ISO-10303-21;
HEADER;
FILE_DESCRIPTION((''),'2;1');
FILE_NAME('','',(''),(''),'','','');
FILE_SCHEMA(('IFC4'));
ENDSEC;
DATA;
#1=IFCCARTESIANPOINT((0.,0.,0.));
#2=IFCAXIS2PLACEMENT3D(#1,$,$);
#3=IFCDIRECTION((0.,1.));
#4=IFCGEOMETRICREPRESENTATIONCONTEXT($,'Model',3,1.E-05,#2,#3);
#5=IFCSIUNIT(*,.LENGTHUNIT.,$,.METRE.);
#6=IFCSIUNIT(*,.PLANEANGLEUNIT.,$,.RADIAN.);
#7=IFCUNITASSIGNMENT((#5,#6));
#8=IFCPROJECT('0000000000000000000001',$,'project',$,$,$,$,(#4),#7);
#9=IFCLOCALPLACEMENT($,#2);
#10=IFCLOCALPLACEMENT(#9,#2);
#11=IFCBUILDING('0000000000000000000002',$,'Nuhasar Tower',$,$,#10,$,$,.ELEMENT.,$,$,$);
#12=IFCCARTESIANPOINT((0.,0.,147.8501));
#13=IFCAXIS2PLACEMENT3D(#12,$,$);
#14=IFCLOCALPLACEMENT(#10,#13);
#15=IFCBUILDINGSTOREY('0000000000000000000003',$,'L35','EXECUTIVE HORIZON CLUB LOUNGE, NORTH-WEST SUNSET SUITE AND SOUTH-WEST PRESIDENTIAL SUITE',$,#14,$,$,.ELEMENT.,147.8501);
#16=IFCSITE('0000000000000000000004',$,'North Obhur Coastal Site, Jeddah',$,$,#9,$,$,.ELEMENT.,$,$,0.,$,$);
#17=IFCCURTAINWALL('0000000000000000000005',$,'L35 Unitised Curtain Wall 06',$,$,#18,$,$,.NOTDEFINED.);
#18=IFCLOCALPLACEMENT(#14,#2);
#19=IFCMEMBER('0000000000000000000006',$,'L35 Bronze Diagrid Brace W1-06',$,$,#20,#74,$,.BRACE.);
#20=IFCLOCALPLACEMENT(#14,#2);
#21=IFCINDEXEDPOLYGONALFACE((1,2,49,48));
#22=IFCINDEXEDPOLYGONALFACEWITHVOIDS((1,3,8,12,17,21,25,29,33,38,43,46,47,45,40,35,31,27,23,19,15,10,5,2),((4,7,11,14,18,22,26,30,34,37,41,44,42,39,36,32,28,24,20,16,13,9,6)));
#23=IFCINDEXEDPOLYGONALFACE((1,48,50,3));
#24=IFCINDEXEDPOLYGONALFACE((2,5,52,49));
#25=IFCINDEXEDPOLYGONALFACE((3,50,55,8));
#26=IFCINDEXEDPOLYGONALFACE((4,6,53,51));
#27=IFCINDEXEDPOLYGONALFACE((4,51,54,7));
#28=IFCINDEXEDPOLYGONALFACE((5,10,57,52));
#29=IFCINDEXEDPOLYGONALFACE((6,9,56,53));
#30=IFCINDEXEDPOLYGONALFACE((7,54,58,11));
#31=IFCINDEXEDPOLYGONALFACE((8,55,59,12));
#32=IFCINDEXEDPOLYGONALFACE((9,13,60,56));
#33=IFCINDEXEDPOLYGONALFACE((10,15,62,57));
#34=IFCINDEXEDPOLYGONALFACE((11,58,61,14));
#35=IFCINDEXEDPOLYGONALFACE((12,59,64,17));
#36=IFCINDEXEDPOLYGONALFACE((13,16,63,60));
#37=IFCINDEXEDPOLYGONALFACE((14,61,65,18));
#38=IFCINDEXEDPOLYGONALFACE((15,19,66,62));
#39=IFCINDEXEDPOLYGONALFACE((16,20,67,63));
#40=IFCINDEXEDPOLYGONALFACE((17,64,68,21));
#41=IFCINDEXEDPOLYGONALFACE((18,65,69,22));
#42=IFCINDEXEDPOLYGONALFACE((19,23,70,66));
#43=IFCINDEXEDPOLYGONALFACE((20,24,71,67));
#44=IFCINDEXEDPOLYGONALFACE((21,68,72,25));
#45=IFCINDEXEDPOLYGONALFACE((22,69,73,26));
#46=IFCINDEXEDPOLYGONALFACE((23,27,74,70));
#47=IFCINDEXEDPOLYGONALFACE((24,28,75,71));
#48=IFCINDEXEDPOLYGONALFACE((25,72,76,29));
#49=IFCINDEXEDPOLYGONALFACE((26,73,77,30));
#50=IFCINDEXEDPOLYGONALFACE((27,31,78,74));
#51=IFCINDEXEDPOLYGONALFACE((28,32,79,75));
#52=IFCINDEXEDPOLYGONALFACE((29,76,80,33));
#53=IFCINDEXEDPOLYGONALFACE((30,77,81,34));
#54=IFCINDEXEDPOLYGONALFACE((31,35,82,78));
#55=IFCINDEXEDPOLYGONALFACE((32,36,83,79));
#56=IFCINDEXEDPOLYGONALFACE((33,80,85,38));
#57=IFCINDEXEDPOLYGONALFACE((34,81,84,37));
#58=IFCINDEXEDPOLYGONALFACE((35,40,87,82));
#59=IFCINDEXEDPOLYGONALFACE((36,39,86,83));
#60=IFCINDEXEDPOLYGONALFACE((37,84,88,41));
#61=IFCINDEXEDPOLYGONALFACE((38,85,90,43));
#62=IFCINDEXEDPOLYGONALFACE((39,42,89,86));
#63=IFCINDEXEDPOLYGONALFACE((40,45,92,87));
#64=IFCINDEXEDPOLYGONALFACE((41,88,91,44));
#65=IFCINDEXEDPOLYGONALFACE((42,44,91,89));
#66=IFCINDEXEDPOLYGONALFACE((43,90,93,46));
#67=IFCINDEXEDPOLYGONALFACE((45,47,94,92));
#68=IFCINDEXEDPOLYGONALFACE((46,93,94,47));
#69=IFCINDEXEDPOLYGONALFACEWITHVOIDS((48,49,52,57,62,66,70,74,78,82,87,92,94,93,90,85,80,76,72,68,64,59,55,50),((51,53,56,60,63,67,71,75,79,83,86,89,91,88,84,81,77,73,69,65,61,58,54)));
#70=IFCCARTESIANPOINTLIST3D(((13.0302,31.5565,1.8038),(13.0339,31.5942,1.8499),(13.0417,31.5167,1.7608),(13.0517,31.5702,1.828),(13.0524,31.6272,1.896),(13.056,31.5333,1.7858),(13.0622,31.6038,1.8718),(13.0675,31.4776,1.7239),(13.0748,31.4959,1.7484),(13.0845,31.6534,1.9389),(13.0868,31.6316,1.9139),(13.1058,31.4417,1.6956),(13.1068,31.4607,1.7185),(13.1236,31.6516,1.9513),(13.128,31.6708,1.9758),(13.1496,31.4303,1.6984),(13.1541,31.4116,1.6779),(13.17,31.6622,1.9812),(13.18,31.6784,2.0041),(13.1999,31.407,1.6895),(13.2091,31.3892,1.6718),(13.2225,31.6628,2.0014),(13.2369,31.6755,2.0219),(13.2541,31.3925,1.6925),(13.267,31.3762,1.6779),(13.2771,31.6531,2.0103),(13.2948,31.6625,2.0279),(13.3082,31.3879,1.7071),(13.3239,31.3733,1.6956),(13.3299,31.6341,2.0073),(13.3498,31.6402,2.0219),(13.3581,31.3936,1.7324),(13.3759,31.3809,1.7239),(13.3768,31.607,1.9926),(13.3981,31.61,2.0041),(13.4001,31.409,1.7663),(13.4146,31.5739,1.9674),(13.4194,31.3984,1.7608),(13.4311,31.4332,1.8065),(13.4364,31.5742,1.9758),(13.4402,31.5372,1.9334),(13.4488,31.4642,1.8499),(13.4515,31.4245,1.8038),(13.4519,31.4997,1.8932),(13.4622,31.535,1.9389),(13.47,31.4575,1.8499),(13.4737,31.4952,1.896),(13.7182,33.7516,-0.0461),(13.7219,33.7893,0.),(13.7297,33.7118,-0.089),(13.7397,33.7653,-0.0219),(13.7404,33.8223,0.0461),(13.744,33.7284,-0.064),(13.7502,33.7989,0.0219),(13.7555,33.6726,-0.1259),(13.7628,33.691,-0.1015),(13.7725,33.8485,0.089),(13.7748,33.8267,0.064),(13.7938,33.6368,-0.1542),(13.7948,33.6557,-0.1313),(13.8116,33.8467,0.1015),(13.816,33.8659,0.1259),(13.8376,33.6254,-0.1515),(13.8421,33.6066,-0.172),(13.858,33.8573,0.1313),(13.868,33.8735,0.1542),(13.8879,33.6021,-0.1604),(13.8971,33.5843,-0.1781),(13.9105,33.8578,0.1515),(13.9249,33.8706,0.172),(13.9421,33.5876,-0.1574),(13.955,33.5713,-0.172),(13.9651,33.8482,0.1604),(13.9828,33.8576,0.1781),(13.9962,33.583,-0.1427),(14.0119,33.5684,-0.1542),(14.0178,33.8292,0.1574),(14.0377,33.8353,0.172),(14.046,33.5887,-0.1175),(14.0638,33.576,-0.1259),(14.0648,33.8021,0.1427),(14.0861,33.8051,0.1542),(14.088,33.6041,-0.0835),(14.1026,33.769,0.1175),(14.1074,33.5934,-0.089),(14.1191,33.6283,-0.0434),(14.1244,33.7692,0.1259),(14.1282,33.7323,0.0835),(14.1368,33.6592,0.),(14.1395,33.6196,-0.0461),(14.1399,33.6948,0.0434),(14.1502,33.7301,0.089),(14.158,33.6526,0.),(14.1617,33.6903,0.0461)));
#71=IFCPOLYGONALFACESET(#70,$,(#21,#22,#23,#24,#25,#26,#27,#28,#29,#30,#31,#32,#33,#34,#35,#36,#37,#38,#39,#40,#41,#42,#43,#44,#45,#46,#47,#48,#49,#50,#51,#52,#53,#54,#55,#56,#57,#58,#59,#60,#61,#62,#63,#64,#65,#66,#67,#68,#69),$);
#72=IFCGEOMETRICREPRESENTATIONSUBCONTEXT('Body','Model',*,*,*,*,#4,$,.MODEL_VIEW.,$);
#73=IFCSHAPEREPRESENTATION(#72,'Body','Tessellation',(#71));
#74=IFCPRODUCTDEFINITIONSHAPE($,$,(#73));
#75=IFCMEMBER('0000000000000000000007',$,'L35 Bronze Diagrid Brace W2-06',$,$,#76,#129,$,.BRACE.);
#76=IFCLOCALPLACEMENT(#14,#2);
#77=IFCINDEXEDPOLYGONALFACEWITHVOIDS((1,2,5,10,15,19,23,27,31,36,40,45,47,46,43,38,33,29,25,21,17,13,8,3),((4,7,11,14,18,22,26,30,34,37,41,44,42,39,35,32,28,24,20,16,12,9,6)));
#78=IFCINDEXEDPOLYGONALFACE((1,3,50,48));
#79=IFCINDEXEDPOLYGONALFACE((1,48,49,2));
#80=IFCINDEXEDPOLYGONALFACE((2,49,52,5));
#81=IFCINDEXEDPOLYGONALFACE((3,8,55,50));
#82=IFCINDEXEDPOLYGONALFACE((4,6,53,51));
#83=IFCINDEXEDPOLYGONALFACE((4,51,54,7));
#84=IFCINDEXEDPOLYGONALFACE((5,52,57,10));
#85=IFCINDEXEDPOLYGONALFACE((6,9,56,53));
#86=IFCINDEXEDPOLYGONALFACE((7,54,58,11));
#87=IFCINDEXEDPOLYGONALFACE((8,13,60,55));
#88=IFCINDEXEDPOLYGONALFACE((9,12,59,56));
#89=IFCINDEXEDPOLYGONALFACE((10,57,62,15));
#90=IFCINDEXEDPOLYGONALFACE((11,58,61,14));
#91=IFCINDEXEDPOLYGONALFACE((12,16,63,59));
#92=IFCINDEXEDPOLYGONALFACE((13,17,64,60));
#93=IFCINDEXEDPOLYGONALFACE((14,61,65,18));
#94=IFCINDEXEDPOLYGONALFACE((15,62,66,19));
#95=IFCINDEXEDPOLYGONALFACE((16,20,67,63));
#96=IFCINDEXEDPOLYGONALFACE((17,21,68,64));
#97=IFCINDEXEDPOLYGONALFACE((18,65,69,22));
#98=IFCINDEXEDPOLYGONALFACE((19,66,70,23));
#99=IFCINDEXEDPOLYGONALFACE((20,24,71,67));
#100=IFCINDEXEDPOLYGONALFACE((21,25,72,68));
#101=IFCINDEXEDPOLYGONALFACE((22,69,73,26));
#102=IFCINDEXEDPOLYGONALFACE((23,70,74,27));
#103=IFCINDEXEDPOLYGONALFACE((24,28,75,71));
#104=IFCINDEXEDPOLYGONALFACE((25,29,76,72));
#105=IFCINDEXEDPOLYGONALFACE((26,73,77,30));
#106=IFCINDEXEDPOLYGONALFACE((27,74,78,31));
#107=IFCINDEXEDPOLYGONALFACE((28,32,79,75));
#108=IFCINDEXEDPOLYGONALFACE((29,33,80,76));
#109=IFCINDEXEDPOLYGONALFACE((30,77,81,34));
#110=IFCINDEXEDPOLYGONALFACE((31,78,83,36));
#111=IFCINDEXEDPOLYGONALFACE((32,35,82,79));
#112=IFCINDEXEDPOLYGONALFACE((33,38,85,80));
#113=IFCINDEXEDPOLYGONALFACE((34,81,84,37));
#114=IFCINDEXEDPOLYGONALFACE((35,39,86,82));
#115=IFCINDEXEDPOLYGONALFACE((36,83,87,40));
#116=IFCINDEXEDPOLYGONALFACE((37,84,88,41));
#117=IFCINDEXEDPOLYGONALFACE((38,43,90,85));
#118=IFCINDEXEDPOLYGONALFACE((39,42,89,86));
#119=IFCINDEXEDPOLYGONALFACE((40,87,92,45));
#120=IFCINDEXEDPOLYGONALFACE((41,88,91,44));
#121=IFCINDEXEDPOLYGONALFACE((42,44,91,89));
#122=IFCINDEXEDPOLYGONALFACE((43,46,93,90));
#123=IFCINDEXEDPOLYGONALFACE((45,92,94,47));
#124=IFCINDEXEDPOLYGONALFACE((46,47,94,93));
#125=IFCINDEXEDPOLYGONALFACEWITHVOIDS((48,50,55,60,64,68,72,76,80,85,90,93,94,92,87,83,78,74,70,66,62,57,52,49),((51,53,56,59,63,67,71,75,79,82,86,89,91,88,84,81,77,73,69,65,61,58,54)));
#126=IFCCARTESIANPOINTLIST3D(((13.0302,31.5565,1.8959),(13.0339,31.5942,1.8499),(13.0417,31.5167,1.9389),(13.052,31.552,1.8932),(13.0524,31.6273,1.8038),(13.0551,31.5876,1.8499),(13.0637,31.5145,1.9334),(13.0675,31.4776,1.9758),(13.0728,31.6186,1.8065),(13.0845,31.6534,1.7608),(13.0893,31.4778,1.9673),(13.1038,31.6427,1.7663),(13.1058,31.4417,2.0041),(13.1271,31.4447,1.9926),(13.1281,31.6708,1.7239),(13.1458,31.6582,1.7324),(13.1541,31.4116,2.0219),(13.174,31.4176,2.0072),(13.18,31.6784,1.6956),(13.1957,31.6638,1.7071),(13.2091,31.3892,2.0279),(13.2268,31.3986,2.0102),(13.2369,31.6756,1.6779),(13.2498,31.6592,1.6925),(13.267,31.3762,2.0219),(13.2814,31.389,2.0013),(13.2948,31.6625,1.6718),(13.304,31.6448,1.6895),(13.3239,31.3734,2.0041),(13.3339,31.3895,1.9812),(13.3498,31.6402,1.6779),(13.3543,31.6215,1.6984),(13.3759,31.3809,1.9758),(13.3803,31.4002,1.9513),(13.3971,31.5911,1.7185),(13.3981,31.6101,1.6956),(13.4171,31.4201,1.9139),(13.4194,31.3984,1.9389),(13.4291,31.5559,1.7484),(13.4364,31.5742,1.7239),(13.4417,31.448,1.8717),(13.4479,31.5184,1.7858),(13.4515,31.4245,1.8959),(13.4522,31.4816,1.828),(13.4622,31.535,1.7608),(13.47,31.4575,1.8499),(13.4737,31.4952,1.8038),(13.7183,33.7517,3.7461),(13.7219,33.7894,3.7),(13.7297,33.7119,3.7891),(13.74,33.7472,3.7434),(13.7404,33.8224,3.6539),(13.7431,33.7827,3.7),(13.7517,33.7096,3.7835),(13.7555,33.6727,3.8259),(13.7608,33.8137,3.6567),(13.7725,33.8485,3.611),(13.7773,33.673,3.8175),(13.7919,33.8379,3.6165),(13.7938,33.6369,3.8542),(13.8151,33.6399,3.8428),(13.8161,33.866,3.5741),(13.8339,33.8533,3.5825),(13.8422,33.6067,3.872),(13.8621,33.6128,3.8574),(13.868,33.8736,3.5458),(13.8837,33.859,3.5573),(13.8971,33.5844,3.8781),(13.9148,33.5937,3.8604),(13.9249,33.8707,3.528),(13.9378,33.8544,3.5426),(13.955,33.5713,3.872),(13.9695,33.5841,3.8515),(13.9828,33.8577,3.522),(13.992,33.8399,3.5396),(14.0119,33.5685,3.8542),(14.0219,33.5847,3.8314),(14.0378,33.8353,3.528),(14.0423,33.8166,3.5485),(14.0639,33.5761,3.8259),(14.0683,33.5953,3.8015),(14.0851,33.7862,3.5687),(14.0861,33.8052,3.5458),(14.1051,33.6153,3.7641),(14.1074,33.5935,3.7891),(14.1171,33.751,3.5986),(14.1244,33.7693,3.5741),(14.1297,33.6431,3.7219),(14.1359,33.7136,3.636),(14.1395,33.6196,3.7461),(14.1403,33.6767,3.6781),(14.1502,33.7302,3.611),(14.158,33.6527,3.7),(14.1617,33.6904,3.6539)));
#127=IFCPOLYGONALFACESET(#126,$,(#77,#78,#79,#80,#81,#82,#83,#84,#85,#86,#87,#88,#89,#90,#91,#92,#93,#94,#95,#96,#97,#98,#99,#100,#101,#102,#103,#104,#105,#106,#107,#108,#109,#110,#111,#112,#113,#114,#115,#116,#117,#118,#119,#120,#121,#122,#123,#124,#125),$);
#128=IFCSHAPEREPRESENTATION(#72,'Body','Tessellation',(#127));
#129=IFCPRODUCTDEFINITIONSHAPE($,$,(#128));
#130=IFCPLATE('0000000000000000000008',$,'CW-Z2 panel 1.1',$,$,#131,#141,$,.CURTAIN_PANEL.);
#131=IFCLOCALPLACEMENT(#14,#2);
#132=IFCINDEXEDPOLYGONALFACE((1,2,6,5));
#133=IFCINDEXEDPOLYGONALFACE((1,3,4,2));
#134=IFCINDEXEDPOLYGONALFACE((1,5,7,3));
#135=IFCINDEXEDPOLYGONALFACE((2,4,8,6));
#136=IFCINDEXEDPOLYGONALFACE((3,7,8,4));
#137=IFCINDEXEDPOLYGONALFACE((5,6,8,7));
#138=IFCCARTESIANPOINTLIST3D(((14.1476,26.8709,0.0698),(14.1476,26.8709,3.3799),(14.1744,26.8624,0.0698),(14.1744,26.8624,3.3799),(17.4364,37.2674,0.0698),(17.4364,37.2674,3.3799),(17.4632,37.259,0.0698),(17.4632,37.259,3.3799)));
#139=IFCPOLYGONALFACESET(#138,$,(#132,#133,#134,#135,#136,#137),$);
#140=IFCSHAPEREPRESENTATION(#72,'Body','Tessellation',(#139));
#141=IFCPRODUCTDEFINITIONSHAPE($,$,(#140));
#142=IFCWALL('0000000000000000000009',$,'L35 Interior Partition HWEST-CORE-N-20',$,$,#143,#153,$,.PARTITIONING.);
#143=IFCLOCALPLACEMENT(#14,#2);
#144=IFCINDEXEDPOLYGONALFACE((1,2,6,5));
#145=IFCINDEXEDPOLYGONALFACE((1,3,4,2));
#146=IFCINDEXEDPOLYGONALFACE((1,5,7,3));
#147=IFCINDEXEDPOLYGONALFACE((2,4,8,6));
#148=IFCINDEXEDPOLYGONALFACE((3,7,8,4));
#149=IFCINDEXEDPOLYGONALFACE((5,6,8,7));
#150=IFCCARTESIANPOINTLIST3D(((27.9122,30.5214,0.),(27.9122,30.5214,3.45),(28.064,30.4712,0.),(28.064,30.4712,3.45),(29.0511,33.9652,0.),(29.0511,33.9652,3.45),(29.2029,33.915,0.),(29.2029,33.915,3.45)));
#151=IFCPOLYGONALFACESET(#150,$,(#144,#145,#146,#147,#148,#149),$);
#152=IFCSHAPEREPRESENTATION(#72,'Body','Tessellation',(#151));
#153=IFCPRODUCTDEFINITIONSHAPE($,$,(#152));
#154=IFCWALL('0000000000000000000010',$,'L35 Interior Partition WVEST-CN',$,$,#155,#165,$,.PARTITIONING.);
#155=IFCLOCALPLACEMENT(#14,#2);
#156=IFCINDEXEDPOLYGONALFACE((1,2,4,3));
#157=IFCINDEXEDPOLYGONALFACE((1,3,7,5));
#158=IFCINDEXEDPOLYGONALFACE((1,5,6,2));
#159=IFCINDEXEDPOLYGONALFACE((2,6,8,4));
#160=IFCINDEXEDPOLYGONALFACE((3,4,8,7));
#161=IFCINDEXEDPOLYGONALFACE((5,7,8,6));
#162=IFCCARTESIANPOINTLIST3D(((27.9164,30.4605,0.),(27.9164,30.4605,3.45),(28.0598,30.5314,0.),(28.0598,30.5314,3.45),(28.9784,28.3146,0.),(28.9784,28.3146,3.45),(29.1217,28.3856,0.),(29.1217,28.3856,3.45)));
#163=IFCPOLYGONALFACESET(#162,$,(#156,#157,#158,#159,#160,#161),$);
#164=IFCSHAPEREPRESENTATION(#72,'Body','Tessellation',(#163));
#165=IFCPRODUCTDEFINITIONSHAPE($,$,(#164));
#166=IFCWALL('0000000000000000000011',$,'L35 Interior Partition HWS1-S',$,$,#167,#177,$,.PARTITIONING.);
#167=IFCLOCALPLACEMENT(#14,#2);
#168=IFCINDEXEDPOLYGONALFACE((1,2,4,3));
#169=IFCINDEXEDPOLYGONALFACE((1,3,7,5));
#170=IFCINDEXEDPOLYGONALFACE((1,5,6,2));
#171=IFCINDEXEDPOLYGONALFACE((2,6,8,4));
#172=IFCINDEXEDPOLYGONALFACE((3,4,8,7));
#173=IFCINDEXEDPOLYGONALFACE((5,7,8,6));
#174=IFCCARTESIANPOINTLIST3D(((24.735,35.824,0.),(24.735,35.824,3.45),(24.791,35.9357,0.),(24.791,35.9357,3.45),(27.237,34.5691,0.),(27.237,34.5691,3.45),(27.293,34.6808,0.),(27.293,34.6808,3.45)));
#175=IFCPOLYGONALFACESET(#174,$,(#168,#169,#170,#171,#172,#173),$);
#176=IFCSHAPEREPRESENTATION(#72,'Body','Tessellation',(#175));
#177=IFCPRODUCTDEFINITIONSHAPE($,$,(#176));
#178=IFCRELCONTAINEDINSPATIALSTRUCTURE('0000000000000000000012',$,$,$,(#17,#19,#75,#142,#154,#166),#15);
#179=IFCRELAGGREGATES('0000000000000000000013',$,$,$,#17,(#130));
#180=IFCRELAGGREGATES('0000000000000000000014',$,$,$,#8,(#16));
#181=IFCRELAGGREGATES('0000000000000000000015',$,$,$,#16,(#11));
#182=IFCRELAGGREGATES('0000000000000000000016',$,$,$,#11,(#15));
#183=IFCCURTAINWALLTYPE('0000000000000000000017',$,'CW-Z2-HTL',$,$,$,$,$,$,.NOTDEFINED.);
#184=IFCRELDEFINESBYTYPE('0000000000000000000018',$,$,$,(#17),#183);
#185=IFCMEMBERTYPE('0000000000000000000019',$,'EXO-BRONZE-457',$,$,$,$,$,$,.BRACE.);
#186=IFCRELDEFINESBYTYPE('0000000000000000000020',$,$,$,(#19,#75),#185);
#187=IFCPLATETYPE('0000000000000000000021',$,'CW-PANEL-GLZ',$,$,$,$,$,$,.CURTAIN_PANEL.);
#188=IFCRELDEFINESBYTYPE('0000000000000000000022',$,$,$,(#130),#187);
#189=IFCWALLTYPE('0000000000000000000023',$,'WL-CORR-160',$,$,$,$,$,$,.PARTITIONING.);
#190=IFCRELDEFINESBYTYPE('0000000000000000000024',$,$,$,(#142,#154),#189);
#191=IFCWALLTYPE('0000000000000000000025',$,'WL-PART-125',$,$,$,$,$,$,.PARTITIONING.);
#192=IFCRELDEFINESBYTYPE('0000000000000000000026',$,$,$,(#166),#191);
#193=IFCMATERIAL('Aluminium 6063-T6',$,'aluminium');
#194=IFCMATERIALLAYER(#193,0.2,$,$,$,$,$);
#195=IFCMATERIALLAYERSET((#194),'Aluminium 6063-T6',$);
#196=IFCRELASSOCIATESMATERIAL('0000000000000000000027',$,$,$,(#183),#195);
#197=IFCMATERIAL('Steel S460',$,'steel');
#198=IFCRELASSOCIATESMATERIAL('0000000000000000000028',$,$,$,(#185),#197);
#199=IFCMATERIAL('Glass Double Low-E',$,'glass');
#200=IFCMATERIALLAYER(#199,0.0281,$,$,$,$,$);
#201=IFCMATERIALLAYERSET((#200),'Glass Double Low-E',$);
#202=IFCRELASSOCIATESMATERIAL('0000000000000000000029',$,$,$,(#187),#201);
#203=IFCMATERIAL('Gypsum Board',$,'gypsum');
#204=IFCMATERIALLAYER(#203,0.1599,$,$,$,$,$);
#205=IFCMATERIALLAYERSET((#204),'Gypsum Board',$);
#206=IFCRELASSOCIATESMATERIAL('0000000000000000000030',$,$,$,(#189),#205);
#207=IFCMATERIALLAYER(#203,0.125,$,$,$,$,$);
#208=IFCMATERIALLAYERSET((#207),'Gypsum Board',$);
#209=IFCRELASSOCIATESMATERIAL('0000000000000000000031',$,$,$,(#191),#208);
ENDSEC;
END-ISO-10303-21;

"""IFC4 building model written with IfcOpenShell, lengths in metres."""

from ifc_helpers import new_model, si_unit, direction, frame, frame_2d, origin, origin_2d, place, context, subcontext, project, spatial, rectangle, hollow_circle, extrude, material, layer, layer_set, material_profile, profile_set, type_object, element, aggregate, save


model = new_model("IFC4")

# Units and contexts
model_context = context("Model", 3, precision=1e-05, world=origin(), true_north=direction((0.0, 1.0)))
body_context = subcontext(model_context, "Body", "Model", "MODEL_VIEW")
ifc_project = project(units=[si_unit("LENGTHUNIT", "METRE"), si_unit("PLANEANGLEUNIT", "RADIAN")], contexts=[model_context])

# Site, building, storey
site_placement = place(None, origin())
site = spatial("IfcSite", under=ifc_project, at=site_placement, Name="North Obhur Coastal Site, Jeddah", CompositionType="ELEMENT", RefElevation=0.0)
building_placement = place(site_placement, origin())
building = spatial("IfcBuilding", under=site, at=building_placement, Name="Nuhasar Tower", CompositionType="ELEMENT")
storey_placement = place(building_placement, frame((0.0, 0.0, 147.8501)))
storey = spatial("IfcBuildingStorey", under=building, at=storey_placement, Name="L35", Description="EXECUTIVE HORIZON CLUB LOUNGE, NORTH-WEST SUNSET SUITE AND SOUTH-WEST PRESIDENTIAL SUITE", CompositionType="ELEMENT", Elevation=147.8501)

# Curtain wall
ifc_material_1 = material(Name="Aluminium 6063-T6", Category="aluminium")
ifc_layer_1 = layer(ifc_material_1, 0.2)
ifc_layer_set_1 = layer_set([ifc_layer_1], Name="Aluminium 6063-T6")
curtain_wall_type = type_object("IfcCurtainWallType", Name="CW-Z2-HTL", PredefinedType="NOTDEFINED", material=ifc_layer_set_1)
curtain_wall_placement = place(storey_placement, origin())
curtain_wall = element("IfcCurtainWall", 1, at=curtain_wall_placement, inside=storey, type_object=curtain_wall_type, Name="L35 Unitised Curtain Wall 06", PredefinedType="NOTDEFINED")

# Members
ifc_material_2 = material(Name="Steel S460", Category="steel")
ifc_material_profile_1 = material_profile(ifc_material_2, hollow_circle(Radius=0.2285, WallThickness=0.0222, at=origin_2d()), Name="HSS457X22.2")
ifc_profile_set_1 = profile_set([ifc_material_profile_1], Name="Steel S460")
member_type_1 = type_object("IfcMemberType", Name="EXO-BRONZE-457", PredefinedType="BRACE", material=ifc_profile_set_1)
member_1_placement = place(storey_placement, frame((13.9399, 33.7209, 0.0), z_axis=(-0.233068, -0.743616, 0.626669), x_axis=(0.954228, -0.299079, 0.0)))
element("IfcMember", 2, at=member_1_placement, inside=storey, type_object=member_type_1, Name="L35 Bronze Diagrid Brace W1-06", PredefinedType="BRACE", context=body_context, shape_type="SweptSolid", body=[
    extrude(hollow_circle(Radius=0.2285, WallThickness=0.0222, at=origin_2d()), origin(), (0.0, 0.0, 1.0), 2.9519),
])
member_2_placement = place(storey_placement, frame((13.252, 31.5259, 1.8499), z_axis=(0.233056, 0.743578, 0.626719), x_axis=(-0.954228, 0.299079, 0.0)))
element("IfcMember", 3, at=member_2_placement, inside=storey, type_object=member_type_1, Name="L35 Bronze Diagrid Brace W2-06", PredefinedType="BRACE", context=body_context, shape_type="SweptSolid", body=[
    extrude(hollow_circle(Radius=0.2285, WallThickness=0.0222, at=origin_2d()), origin(), (0.0, 0.0, 1.0), 2.9521),
])

# Plate
ifc_material_3 = material(Name="Glass Double Low-E", Category="glass")
ifc_layer_2 = layer(ifc_material_3, 0.0281)
ifc_layer_set_2 = layer_set([ifc_layer_2], Name="Glass Double Low-E")
plate_type = type_object("IfcPlateType", Name="CW-PANEL-GLZ", PredefinedType="CURTAIN_PANEL", material=ifc_layer_set_2)
plate_placement = place(storey_placement, frame((15.8054, 32.0649, 0.0698), z_axis=(0.0, 0.0, 1.0), x_axis=(-0.301604, -0.953433, 0.0)))
plate = element("IfcPlate", 4, at=plate_placement, type_object=plate_type, Name="CW-Z2 panel 1.1", PredefinedType="CURTAIN_PANEL", context=body_context, shape_type="SweptSolid", body=[
    extrude(rectangle(XDim=10.9043, YDim=0.0281, at=origin_2d()), origin(), (0.0, 0.0, 1.0), 3.3101),
])
aggregate(curtain_wall, [plate])

# Wall
ifc_material_4 = material(Name="Gypsum Board", Category="gypsum")
ifc_layer_3 = layer(ifc_material_4, 0.1599)
ifc_layer_set_3 = layer_set([ifc_layer_3], Name="Gypsum Board")
wall_type_1 = type_object("IfcWallType", Name="WL-CORR-160", PredefinedType="PARTITIONING", material=ifc_layer_set_3)
wall_1_placement = place(storey_placement, frame((29.127, 33.9399, 0.0), z_axis=(0.0, 0.0, 1.0), x_axis=(-0.313986, -0.949428, 0.0)))
element("IfcWall", 5, at=wall_1_placement, inside=storey, type_object=wall_type_1, Name="L35 Interior Partition HWEST-CORE-N-20", PredefinedType="PARTITIONING", context=body_context, shape_type="SweptSolid", body=[
    extrude(rectangle(XDim=3.6272, YDim=0.1599, at=frame_2d((1.8135, 0.0))), origin(), (0.0, 0.0, 1.0), 3.45),
])

# Walls
wall_2_placement = place(storey_placement, frame((27.988, 30.4961, 0.0), z_axis=(0.0, 0.0, 1.0), x_axis=(0.443539, -0.896255, 0.0)))
element("IfcWall", 6, at=wall_2_placement, inside=storey, type_object=wall_type_1, Name="L35 Interior Partition WVEST-CN", PredefinedType="PARTITIONING", context=body_context, shape_type="SweptSolid", body=[
    extrude(rectangle(XDim=2.3943, YDim=0.1599, at=frame_2d((1.1973, 0.0))), origin(), (0.0, 0.0, 1.0), 3.45),
])
ifc_layer_4 = layer(ifc_material_4, 0.125)
ifc_layer_set_4 = layer_set([ifc_layer_4], Name="Gypsum Board")
wall_type_2 = type_object("IfcWallType", Name="WL-PART-125", PredefinedType="PARTITIONING", material=ifc_layer_set_4)
wall_3_placement = place(storey_placement, frame((27.2649, 34.625, 0.0), z_axis=(0.0, 0.0, 1.0), x_axis=(-0.893868, 0.44833, 0.0)))
element("IfcWall", 7, at=wall_3_placement, inside=storey, type_object=wall_type_2, Name="L35 Interior Partition HWS1-S", PredefinedType="PARTITIONING", context=body_context, shape_type="SweptSolid", body=[
    extrude(rectangle(XDim=2.7991, YDim=0.125, at=frame_2d((1.3994, 0.0))), origin(), (0.0, 0.0, 1.0), 3.45),
])

save(model, "model.ifc")
